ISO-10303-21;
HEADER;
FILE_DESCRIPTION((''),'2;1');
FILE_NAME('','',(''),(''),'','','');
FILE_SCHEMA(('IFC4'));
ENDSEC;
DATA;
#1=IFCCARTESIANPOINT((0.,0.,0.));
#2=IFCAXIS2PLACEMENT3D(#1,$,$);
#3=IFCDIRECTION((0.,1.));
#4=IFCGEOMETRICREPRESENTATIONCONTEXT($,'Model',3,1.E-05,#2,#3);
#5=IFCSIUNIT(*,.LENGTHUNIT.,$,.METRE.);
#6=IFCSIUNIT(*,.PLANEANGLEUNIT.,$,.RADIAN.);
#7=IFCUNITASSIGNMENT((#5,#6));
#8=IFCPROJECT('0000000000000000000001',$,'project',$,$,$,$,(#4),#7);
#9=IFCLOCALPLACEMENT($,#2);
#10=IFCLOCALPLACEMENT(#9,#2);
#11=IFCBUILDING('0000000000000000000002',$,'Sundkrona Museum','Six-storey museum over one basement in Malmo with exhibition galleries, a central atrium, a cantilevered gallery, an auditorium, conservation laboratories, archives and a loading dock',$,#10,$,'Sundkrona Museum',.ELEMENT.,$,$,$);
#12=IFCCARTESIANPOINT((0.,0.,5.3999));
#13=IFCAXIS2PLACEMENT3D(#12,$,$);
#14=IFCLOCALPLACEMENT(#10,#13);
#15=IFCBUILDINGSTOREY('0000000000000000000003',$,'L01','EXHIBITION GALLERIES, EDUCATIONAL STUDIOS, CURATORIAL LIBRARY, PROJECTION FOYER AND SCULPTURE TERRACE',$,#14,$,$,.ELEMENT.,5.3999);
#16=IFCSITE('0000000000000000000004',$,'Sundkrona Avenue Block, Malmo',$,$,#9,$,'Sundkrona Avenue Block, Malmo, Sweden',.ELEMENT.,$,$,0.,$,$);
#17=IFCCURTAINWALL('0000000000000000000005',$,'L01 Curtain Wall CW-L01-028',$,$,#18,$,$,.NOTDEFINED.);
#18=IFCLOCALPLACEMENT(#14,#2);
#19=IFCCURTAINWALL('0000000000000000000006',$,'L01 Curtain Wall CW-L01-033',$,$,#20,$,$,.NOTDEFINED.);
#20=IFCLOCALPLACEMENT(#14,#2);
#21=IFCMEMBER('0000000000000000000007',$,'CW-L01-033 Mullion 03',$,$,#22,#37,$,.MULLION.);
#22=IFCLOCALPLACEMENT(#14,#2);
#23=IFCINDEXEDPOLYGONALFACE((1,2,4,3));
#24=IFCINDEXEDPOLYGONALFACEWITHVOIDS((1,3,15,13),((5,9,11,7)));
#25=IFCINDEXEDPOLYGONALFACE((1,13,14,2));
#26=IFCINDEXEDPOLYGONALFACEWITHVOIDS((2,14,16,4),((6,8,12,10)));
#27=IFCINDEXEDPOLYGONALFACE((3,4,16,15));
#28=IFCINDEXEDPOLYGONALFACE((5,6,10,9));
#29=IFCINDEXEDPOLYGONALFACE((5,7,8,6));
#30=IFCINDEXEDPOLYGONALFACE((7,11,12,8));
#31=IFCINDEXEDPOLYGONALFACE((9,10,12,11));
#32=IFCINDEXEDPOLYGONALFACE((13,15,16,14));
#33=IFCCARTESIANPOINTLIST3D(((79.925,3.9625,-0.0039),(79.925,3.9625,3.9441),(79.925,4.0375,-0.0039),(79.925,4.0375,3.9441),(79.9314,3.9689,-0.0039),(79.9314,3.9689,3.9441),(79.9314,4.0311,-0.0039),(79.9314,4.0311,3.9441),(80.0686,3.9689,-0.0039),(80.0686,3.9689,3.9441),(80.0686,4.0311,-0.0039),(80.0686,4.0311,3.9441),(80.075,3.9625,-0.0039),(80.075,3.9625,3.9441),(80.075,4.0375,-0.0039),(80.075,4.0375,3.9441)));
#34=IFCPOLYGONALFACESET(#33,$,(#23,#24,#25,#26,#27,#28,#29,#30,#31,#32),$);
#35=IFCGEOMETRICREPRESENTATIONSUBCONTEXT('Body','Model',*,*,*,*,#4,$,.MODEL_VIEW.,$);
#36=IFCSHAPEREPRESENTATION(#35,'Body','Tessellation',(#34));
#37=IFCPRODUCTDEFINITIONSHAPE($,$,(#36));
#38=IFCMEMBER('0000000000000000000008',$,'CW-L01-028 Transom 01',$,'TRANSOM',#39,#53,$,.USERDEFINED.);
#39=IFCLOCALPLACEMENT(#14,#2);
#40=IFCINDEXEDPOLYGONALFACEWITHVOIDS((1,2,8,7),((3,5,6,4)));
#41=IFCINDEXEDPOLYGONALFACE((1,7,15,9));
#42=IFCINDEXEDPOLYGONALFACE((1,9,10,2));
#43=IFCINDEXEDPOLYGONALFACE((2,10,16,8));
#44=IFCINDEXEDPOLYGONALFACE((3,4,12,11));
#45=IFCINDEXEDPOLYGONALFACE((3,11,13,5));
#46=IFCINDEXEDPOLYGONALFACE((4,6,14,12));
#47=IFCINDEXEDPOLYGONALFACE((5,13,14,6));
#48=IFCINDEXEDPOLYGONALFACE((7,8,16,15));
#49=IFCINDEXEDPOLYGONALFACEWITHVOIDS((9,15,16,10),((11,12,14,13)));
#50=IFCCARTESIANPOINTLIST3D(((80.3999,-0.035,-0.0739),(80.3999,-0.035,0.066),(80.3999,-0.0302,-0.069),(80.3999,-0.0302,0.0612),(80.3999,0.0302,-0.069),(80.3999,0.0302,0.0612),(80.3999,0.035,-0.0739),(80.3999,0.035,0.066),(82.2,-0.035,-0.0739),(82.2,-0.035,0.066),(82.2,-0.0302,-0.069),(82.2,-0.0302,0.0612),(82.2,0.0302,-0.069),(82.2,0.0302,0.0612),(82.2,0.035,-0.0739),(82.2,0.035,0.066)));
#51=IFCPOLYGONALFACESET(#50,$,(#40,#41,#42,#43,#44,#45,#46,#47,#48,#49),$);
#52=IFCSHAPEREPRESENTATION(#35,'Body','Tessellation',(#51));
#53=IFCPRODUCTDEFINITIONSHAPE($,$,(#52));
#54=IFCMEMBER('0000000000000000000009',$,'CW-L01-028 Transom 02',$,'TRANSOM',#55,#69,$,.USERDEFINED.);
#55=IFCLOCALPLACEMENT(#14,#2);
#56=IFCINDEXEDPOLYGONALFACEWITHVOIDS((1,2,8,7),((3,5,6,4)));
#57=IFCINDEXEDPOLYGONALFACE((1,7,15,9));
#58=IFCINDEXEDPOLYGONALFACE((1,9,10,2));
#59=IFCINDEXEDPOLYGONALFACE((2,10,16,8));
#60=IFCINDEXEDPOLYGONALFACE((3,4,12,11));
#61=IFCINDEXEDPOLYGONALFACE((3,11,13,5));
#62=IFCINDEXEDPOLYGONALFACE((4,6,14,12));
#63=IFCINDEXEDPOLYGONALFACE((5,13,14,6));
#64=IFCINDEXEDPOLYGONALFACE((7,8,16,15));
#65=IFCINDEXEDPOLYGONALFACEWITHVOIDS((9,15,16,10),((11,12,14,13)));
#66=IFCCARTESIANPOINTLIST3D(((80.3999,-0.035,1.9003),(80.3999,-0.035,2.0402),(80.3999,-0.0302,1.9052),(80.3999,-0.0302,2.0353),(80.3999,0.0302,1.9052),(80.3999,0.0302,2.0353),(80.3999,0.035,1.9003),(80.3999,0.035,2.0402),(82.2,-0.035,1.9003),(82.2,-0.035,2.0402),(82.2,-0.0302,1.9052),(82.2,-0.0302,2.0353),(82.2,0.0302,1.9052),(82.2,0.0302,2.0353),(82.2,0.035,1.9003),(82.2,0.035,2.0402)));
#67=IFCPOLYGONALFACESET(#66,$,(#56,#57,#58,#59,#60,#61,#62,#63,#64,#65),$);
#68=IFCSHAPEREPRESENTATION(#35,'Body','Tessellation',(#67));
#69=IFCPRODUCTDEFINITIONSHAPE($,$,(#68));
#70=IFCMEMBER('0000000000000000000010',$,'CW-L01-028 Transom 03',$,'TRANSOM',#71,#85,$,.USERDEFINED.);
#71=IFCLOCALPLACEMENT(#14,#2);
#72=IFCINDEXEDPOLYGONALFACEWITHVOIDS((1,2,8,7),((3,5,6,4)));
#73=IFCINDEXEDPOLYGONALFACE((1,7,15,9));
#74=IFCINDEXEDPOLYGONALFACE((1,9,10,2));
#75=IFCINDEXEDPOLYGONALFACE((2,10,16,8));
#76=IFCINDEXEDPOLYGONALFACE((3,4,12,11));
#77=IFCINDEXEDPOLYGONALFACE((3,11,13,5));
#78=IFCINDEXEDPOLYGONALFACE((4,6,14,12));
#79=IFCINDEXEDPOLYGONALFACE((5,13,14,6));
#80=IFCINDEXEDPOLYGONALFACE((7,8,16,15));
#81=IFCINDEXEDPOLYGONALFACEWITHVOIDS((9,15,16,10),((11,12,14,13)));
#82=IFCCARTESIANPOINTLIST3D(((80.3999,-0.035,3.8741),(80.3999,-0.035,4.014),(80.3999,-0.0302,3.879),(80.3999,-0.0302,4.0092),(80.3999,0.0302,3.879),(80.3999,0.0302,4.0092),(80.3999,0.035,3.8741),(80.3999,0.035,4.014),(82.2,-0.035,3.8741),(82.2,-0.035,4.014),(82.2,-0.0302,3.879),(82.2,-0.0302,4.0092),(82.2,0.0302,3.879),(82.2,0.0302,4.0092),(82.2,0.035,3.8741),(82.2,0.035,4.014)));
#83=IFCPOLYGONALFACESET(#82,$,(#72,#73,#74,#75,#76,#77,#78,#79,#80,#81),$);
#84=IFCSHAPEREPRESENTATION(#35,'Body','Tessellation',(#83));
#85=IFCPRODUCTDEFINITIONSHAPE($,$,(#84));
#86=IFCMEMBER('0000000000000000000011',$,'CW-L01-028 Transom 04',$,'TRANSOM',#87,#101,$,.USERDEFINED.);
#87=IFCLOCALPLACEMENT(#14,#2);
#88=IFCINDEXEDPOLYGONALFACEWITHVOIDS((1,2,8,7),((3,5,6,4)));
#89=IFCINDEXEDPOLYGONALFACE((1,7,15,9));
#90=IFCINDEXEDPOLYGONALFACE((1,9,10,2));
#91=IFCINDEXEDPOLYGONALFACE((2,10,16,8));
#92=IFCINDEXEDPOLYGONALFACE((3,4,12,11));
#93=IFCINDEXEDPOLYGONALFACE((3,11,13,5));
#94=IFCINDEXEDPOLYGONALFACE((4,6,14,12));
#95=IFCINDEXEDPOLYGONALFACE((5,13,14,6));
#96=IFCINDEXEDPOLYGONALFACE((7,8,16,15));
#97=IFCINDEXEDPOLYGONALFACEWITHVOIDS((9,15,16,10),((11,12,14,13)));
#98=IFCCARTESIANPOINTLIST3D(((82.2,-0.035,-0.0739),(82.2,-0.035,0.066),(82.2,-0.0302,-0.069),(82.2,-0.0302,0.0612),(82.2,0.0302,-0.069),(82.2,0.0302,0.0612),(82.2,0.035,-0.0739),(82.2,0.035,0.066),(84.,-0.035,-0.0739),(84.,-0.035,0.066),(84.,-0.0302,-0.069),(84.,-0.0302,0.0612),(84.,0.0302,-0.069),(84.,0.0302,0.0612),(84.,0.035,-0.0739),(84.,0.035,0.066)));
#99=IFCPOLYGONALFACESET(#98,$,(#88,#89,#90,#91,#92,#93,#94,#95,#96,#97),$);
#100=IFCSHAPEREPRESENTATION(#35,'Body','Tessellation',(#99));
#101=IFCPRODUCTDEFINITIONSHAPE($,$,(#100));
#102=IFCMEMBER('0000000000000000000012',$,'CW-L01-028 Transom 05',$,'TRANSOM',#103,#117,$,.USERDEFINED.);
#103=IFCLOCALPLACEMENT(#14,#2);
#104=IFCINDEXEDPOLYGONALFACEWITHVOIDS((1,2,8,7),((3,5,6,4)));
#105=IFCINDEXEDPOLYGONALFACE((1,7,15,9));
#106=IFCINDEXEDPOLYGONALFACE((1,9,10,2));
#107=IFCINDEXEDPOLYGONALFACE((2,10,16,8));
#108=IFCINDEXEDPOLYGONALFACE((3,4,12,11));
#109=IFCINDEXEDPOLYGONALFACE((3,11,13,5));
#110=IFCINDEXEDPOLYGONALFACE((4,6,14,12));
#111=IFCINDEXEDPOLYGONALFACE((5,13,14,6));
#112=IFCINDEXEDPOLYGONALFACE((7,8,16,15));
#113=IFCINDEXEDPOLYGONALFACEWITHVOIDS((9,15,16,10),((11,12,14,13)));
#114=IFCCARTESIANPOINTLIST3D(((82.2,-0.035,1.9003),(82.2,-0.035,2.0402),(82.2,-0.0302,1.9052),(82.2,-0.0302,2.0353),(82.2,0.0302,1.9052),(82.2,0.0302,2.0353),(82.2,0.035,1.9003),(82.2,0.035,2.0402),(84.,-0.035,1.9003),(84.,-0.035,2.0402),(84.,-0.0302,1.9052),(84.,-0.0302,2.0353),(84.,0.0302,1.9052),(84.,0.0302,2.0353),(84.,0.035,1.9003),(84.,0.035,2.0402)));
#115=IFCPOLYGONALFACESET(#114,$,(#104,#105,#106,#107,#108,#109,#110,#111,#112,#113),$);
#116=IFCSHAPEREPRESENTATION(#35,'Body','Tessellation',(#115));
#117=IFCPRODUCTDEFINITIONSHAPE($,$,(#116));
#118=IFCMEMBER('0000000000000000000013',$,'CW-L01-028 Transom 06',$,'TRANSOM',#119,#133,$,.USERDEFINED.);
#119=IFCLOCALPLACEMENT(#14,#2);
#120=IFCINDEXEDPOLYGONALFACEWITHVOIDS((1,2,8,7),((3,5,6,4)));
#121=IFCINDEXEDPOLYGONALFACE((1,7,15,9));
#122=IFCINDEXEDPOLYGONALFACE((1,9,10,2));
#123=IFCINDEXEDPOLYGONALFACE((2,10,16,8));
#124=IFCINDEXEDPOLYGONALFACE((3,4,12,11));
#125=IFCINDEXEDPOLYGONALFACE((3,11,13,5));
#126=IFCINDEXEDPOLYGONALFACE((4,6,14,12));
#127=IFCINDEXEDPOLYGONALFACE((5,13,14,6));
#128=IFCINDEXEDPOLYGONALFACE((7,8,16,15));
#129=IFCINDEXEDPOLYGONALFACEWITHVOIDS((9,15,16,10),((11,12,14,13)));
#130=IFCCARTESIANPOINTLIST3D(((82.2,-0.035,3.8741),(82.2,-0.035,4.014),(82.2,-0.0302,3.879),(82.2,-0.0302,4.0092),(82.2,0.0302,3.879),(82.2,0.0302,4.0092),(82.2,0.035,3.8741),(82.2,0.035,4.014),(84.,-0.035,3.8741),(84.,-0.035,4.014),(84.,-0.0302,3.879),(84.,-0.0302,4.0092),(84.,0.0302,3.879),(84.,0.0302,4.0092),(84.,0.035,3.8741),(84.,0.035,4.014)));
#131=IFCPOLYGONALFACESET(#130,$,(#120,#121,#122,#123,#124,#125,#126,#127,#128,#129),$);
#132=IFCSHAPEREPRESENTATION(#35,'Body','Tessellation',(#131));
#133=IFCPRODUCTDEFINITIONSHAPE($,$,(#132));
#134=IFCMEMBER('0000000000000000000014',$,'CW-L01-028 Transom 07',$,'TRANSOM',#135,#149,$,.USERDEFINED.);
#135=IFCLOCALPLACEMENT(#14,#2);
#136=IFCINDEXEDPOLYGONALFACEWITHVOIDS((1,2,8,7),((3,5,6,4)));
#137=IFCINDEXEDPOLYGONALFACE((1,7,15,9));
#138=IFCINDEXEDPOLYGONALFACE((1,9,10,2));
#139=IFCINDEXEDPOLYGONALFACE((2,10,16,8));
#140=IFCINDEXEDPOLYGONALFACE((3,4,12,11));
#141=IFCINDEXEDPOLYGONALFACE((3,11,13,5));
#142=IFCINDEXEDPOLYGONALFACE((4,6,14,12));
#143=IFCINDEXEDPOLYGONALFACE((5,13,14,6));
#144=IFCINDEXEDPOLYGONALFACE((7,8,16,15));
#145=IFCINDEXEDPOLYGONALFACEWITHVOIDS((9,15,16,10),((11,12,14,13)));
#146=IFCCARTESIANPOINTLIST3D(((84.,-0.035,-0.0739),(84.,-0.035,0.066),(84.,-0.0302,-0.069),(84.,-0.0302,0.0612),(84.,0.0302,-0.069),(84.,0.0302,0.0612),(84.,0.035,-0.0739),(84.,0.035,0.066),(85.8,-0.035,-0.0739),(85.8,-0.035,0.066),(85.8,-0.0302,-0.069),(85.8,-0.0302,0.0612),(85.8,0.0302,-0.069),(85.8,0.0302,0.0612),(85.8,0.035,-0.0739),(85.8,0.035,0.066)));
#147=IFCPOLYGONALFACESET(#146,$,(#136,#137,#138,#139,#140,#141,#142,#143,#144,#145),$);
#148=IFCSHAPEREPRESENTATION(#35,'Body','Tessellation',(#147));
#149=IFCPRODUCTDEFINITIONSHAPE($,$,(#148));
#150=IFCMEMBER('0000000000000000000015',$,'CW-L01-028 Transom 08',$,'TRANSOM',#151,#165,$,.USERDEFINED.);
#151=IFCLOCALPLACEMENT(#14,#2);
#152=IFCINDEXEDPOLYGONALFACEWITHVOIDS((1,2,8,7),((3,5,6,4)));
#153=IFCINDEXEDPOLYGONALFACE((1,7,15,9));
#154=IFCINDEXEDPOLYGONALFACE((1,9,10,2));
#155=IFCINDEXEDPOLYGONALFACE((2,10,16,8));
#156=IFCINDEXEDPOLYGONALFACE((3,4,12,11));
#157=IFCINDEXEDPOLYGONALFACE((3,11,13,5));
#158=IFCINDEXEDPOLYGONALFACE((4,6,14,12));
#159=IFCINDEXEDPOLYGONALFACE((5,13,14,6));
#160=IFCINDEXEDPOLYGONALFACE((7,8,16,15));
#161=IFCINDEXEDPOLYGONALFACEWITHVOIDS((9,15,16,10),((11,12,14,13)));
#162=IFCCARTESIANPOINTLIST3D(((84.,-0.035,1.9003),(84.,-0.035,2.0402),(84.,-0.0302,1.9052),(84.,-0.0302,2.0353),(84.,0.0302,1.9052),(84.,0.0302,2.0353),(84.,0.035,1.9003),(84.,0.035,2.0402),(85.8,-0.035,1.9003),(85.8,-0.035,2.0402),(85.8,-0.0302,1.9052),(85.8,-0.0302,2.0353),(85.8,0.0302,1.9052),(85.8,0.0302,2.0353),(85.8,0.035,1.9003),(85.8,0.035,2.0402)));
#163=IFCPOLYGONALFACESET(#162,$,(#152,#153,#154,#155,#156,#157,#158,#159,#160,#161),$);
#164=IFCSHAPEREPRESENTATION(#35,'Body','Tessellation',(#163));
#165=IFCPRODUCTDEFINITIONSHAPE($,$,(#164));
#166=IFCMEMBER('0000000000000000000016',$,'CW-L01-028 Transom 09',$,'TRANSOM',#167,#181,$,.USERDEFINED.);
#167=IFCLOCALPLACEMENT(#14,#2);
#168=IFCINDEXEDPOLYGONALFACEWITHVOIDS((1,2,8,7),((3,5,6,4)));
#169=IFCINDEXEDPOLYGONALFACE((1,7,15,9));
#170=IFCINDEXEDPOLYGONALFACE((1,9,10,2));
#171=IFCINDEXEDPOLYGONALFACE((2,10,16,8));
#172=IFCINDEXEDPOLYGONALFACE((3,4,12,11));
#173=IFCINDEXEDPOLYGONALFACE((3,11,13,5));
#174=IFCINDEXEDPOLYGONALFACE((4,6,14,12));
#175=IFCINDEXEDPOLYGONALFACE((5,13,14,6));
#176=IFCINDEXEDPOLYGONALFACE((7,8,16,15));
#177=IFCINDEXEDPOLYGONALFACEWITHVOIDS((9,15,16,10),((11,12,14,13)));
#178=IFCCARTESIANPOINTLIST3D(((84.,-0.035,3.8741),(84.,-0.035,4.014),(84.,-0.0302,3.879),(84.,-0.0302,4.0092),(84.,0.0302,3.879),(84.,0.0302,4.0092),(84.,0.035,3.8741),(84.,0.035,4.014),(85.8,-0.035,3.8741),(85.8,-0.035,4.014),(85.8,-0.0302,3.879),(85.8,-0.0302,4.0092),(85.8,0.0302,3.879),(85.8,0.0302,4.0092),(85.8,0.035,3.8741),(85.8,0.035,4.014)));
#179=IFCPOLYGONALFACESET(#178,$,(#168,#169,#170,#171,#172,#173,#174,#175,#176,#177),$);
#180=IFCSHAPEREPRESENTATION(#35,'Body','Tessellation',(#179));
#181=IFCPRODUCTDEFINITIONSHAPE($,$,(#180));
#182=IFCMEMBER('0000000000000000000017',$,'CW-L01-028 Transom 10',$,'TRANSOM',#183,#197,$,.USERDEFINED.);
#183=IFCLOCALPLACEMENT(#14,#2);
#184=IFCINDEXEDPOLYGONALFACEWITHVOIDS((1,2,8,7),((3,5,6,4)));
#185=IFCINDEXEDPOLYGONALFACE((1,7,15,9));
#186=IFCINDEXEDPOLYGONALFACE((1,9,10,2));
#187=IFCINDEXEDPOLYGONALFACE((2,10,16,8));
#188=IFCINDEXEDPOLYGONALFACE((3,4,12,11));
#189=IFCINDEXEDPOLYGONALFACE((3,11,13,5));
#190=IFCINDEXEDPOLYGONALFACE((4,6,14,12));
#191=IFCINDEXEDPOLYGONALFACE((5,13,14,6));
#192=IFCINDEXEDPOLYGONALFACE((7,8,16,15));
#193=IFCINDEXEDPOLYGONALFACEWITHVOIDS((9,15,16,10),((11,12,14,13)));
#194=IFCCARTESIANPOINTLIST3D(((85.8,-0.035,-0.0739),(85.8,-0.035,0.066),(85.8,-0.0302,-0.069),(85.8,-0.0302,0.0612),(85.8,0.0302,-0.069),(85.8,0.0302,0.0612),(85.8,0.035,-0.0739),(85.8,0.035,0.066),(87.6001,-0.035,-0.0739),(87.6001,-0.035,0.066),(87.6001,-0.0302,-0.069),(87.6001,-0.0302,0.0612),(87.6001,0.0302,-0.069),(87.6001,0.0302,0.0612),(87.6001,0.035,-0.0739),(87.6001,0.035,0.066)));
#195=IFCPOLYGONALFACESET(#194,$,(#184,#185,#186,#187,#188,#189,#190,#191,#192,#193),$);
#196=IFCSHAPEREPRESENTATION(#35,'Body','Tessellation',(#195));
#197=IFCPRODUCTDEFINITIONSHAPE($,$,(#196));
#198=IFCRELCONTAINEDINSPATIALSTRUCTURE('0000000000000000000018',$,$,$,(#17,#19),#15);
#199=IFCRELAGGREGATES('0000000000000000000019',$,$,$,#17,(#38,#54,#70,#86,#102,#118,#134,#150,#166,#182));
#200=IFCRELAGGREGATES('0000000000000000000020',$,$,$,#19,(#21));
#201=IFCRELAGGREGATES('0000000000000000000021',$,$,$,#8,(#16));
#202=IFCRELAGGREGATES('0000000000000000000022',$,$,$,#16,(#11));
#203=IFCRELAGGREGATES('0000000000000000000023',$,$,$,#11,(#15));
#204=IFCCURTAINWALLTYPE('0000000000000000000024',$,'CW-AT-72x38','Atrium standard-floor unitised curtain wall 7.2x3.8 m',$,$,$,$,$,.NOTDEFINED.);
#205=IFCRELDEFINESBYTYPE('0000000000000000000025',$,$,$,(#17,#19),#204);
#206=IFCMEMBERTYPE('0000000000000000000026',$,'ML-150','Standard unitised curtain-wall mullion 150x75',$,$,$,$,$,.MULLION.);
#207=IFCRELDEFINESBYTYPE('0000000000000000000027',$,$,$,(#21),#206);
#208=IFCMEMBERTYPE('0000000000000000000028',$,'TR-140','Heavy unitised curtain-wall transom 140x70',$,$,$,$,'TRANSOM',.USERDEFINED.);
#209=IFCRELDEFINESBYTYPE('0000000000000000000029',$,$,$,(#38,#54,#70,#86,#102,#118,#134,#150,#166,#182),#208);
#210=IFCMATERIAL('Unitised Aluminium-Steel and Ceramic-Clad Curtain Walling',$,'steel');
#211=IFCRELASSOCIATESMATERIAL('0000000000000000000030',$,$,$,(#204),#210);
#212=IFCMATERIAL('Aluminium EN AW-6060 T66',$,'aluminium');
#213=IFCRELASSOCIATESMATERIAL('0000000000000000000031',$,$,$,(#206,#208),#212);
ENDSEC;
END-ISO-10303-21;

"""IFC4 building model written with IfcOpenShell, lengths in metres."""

from ifc_helpers import new_model, si_unit, direction, frame, origin, origin_2d, place, context, subcontext, project, spatial, hollow_rectangle, extrude, material, material_profile, profile_set, type_object, element, aggregate, save


model = new_model("IFC4")

# Units and contexts
model_context = context("Model", 3, precision=1e-05, world=origin(), true_north=direction((0.0, 1.0)))
body_context = subcontext(model_context, "Body", "Model", "MODEL_VIEW")
ifc_project = project(units=[si_unit("LENGTHUNIT", "METRE"), si_unit("PLANEANGLEUNIT", "RADIAN")], contexts=[model_context])

# Site, building, storey
site_placement = place(None, origin())
site = spatial("IfcSite", under=ifc_project, at=site_placement, Name="Sundkrona Avenue Block, Malmo", LongName="Sundkrona Avenue Block, Malmo, Sweden", CompositionType="ELEMENT", RefElevation=0.0)
building_placement = place(site_placement, origin())
building = spatial("IfcBuilding", under=site, at=building_placement, Name="Sundkrona Museum", Description="Six-storey museum over one basement in Malmo with exhibition galleries, a central atrium, a cantilevered gallery, an auditorium, conservation laboratories, archives and a loading dock", LongName="Sundkrona Museum", CompositionType="ELEMENT")
storey_placement = place(building_placement, frame((0.0, 0.0, 5.3999)))
storey = spatial("IfcBuildingStorey", under=building, at=storey_placement, Name="L01", Description="EXHIBITION GALLERIES, EDUCATIONAL STUDIOS, CURATORIAL LIBRARY, PROJECTION FOYER AND SCULPTURE TERRACE", CompositionType="ELEMENT", Elevation=5.3999)

# Curtain walls, member
ifc_material_1 = material(Name="Unitised Aluminium-Steel and Ceramic-Clad Curtain Walling", Category="steel")
curtain_wall_type = type_object("IfcCurtainWallType", Name="CW-AT-72x38", Description="Atrium standard-floor unitised curtain wall 7.2x3.8 m", PredefinedType="NOTDEFINED", material=ifc_material_1)
curtain_wall_1_placement = place(storey_placement, origin())
curtain_wall_1 = element("IfcCurtainWall", 1, at=curtain_wall_1_placement, inside=storey, type_object=curtain_wall_type, Name="L01 Curtain Wall CW-L01-028", PredefinedType="NOTDEFINED")
ifc_material_2 = material(Name="Aluminium EN AW-6060 T66", Category="aluminium")
ifc_material_profile_1 = material_profile(ifc_material_2, hollow_rectangle(XDim=0.075, YDim=0.1499, WallThickness=0.0063, at=origin_2d()), Name="RHS 150x75x6.3")
ifc_profile_set_1 = profile_set([ifc_material_profile_1], Name="Aluminium EN AW-6060 T66")
member_type_1 = type_object("IfcMemberType", Name="ML-150", Description="Standard unitised curtain-wall mullion 150x75", PredefinedType="MULLION", material=ifc_profile_set_1)
curtain_wall_2_placement = place(storey_placement, origin())
curtain_wall_2 = element("IfcCurtainWall", 2, at=curtain_wall_2_placement, inside=storey, type_object=curtain_wall_type, Name="L01 Curtain Wall CW-L01-033", PredefinedType="NOTDEFINED")
member_1_placement = place(storey_placement, frame((80.0, 4.0, -0.0039), z_axis=(0.0, 0.0, 1.0), x_axis=(0.0, 1.0, 0.0)))
member_1 = element("IfcMember", 3, at=member_1_placement, type_object=member_type_1, Name="CW-L01-033 Mullion 03", PredefinedType="MULLION", context=body_context, shape_type="SweptSolid", body=[
    extrude(hollow_rectangle(XDim=0.075, YDim=0.1499, WallThickness=0.0063, at=origin_2d()), origin(), (0.0, 0.0, 1.0), 3.948),
])

# Members
ifc_material_profile_2 = material_profile(ifc_material_2, hollow_rectangle(XDim=0.0701, YDim=0.1399, WallThickness=0.0049, at=origin_2d()), Name="RHS 140x70x5.0")
ifc_profile_set_2 = profile_set([ifc_material_profile_2], Name="Aluminium EN AW-6060 T66")
member_type_2 = type_object("IfcMemberType", Name="TR-140", Description="Heavy unitised curtain-wall transom 140x70", ElementType="TRANSOM", PredefinedType="USERDEFINED", material=ifc_profile_set_2)
member_2_placement = place(storey_placement, frame((80.3999, 0.0, -0.0039), z_axis=(1.0, 0.0, 0.0), x_axis=(0.0, 1.0, 0.0)))
member_2 = element("IfcMember", 4, at=member_2_placement, type_object=member_type_2, Name="CW-L01-028 Transom 01", ObjectType="TRANSOM", PredefinedType="USERDEFINED", context=body_context, shape_type="SweptSolid", body=[
    extrude(hollow_rectangle(XDim=0.0701, YDim=0.1399, WallThickness=0.0049, at=origin_2d()), origin(), (0.0, 0.0, 1.0), 1.8),
])
member_3_placement = place(storey_placement, frame((80.3999, 0.0, 1.9702), z_axis=(1.0, 0.0, 0.0), x_axis=(0.0, 1.0, 0.0)))
member_3 = element("IfcMember", 5, at=member_3_placement, type_object=member_type_2, Name="CW-L01-028 Transom 02", ObjectType="TRANSOM", PredefinedType="USERDEFINED", context=body_context, shape_type="SweptSolid", body=[
    extrude(hollow_rectangle(XDim=0.0701, YDim=0.1399, WallThickness=0.0049, at=origin_2d()), origin(), (0.0, 0.0, 1.0), 1.8),
])
member_4_placement = place(storey_placement, frame((80.3999, 0.0, 3.9441), z_axis=(1.0, 0.0, 0.0), x_axis=(0.0, 1.0, 0.0)))
member_4 = element("IfcMember", 6, at=member_4_placement, type_object=member_type_2, Name="CW-L01-028 Transom 03", ObjectType="TRANSOM", PredefinedType="USERDEFINED", context=body_context, shape_type="SweptSolid", body=[
    extrude(hollow_rectangle(XDim=0.0701, YDim=0.1399, WallThickness=0.0049, at=origin_2d()), origin(), (0.0, 0.0, 1.0), 1.8),
])
member_5_placement = place(storey_placement, frame((82.2, 0.0, -0.0039), z_axis=(1.0, 0.0, 0.0), x_axis=(0.0, 1.0, 0.0)))
member_5 = element("IfcMember", 7, at=member_5_placement, type_object=member_type_2, Name="CW-L01-028 Transom 04", ObjectType="TRANSOM", PredefinedType="USERDEFINED", context=body_context, shape_type="SweptSolid", body=[
    extrude(hollow_rectangle(XDim=0.0701, YDim=0.1399, WallThickness=0.0049, at=origin_2d()), origin(), (0.0, 0.0, 1.0), 1.8),
])
member_6_placement = place(storey_placement, frame((82.2, 0.0, 1.9702), z_axis=(1.0, 0.0, 0.0), x_axis=(0.0, 1.0, 0.0)))
member_6 = element("IfcMember", 8, at=member_6_placement, type_object=member_type_2, Name="CW-L01-028 Transom 05", ObjectType="TRANSOM", PredefinedType="USERDEFINED", context=body_context, shape_type="SweptSolid", body=[
    extrude(hollow_rectangle(XDim=0.0701, YDim=0.1399, WallThickness=0.0049, at=origin_2d()), origin(), (0.0, 0.0, 1.0), 1.8),
])
member_7_placement = place(storey_placement, frame((82.2, 0.0, 3.9441), z_axis=(1.0, 0.0, 0.0), x_axis=(0.0, 1.0, 0.0)))
member_7 = element("IfcMember", 9, at=member_7_placement, type_object=member_type_2, Name="CW-L01-028 Transom 06", ObjectType="TRANSOM", PredefinedType="USERDEFINED", context=body_context, shape_type="SweptSolid", body=[
    extrude(hollow_rectangle(XDim=0.0701, YDim=0.1399, WallThickness=0.0049, at=origin_2d()), origin(), (0.0, 0.0, 1.0), 1.8),
])
member_8_placement = place(storey_placement, frame((84.0, 0.0, -0.0039), z_axis=(1.0, 0.0, 0.0), x_axis=(0.0, 1.0, 0.0)))
member_8 = element("IfcMember", 10, at=member_8_placement, type_object=member_type_2, Name="CW-L01-028 Transom 07", ObjectType="TRANSOM", PredefinedType="USERDEFINED", context=body_context, shape_type="SweptSolid", body=[
    extrude(hollow_rectangle(XDim=0.0701, YDim=0.1399, WallThickness=0.0049, at=origin_2d()), origin(), (0.0, 0.0, 1.0), 1.8),
])
member_9_placement = place(storey_placement, frame((84.0, 0.0, 1.9702), z_axis=(1.0, 0.0, 0.0), x_axis=(0.0, 1.0, 0.0)))
member_9 = element("IfcMember", 11, at=member_9_placement, type_object=member_type_2, Name="CW-L01-028 Transom 08", ObjectType="TRANSOM", PredefinedType="USERDEFINED", context=body_context, shape_type="SweptSolid", body=[
    extrude(hollow_rectangle(XDim=0.0701, YDim=0.1399, WallThickness=0.0049, at=origin_2d()), origin(), (0.0, 0.0, 1.0), 1.8),
])
member_10_placement = place(storey_placement, frame((84.0, 0.0, 3.9441), z_axis=(1.0, 0.0, 0.0), x_axis=(0.0, 1.0, 0.0)))
member_10 = element("IfcMember", 12, at=member_10_placement, type_object=member_type_2, Name="CW-L01-028 Transom 09", ObjectType="TRANSOM", PredefinedType="USERDEFINED", context=body_context, shape_type="SweptSolid", body=[
    extrude(hollow_rectangle(XDim=0.0701, YDim=0.1399, WallThickness=0.0049, at=origin_2d()), origin(), (0.0, 0.0, 1.0), 1.8),
])
member_11_placement = place(storey_placement, frame((85.8, 0.0, -0.0039), z_axis=(1.0, 0.0, 0.0), x_axis=(0.0, 1.0, 0.0)))
member_11 = element("IfcMember", 13, at=member_11_placement, type_object=member_type_2, Name="CW-L01-028 Transom 10", ObjectType="TRANSOM", PredefinedType="USERDEFINED", context=body_context, shape_type="SweptSolid", body=[
    extrude(hollow_rectangle(XDim=0.0701, YDim=0.1399, WallThickness=0.0049, at=origin_2d()), origin(), (0.0, 0.0, 1.0), 1.8),
])

aggregate(curtain_wall_1, [member_2, member_3, member_4, member_5, member_6, member_7, member_8, member_9, member_10, member_11])
aggregate(curtain_wall_2, [member_1])

save(model, "model.ifc")
